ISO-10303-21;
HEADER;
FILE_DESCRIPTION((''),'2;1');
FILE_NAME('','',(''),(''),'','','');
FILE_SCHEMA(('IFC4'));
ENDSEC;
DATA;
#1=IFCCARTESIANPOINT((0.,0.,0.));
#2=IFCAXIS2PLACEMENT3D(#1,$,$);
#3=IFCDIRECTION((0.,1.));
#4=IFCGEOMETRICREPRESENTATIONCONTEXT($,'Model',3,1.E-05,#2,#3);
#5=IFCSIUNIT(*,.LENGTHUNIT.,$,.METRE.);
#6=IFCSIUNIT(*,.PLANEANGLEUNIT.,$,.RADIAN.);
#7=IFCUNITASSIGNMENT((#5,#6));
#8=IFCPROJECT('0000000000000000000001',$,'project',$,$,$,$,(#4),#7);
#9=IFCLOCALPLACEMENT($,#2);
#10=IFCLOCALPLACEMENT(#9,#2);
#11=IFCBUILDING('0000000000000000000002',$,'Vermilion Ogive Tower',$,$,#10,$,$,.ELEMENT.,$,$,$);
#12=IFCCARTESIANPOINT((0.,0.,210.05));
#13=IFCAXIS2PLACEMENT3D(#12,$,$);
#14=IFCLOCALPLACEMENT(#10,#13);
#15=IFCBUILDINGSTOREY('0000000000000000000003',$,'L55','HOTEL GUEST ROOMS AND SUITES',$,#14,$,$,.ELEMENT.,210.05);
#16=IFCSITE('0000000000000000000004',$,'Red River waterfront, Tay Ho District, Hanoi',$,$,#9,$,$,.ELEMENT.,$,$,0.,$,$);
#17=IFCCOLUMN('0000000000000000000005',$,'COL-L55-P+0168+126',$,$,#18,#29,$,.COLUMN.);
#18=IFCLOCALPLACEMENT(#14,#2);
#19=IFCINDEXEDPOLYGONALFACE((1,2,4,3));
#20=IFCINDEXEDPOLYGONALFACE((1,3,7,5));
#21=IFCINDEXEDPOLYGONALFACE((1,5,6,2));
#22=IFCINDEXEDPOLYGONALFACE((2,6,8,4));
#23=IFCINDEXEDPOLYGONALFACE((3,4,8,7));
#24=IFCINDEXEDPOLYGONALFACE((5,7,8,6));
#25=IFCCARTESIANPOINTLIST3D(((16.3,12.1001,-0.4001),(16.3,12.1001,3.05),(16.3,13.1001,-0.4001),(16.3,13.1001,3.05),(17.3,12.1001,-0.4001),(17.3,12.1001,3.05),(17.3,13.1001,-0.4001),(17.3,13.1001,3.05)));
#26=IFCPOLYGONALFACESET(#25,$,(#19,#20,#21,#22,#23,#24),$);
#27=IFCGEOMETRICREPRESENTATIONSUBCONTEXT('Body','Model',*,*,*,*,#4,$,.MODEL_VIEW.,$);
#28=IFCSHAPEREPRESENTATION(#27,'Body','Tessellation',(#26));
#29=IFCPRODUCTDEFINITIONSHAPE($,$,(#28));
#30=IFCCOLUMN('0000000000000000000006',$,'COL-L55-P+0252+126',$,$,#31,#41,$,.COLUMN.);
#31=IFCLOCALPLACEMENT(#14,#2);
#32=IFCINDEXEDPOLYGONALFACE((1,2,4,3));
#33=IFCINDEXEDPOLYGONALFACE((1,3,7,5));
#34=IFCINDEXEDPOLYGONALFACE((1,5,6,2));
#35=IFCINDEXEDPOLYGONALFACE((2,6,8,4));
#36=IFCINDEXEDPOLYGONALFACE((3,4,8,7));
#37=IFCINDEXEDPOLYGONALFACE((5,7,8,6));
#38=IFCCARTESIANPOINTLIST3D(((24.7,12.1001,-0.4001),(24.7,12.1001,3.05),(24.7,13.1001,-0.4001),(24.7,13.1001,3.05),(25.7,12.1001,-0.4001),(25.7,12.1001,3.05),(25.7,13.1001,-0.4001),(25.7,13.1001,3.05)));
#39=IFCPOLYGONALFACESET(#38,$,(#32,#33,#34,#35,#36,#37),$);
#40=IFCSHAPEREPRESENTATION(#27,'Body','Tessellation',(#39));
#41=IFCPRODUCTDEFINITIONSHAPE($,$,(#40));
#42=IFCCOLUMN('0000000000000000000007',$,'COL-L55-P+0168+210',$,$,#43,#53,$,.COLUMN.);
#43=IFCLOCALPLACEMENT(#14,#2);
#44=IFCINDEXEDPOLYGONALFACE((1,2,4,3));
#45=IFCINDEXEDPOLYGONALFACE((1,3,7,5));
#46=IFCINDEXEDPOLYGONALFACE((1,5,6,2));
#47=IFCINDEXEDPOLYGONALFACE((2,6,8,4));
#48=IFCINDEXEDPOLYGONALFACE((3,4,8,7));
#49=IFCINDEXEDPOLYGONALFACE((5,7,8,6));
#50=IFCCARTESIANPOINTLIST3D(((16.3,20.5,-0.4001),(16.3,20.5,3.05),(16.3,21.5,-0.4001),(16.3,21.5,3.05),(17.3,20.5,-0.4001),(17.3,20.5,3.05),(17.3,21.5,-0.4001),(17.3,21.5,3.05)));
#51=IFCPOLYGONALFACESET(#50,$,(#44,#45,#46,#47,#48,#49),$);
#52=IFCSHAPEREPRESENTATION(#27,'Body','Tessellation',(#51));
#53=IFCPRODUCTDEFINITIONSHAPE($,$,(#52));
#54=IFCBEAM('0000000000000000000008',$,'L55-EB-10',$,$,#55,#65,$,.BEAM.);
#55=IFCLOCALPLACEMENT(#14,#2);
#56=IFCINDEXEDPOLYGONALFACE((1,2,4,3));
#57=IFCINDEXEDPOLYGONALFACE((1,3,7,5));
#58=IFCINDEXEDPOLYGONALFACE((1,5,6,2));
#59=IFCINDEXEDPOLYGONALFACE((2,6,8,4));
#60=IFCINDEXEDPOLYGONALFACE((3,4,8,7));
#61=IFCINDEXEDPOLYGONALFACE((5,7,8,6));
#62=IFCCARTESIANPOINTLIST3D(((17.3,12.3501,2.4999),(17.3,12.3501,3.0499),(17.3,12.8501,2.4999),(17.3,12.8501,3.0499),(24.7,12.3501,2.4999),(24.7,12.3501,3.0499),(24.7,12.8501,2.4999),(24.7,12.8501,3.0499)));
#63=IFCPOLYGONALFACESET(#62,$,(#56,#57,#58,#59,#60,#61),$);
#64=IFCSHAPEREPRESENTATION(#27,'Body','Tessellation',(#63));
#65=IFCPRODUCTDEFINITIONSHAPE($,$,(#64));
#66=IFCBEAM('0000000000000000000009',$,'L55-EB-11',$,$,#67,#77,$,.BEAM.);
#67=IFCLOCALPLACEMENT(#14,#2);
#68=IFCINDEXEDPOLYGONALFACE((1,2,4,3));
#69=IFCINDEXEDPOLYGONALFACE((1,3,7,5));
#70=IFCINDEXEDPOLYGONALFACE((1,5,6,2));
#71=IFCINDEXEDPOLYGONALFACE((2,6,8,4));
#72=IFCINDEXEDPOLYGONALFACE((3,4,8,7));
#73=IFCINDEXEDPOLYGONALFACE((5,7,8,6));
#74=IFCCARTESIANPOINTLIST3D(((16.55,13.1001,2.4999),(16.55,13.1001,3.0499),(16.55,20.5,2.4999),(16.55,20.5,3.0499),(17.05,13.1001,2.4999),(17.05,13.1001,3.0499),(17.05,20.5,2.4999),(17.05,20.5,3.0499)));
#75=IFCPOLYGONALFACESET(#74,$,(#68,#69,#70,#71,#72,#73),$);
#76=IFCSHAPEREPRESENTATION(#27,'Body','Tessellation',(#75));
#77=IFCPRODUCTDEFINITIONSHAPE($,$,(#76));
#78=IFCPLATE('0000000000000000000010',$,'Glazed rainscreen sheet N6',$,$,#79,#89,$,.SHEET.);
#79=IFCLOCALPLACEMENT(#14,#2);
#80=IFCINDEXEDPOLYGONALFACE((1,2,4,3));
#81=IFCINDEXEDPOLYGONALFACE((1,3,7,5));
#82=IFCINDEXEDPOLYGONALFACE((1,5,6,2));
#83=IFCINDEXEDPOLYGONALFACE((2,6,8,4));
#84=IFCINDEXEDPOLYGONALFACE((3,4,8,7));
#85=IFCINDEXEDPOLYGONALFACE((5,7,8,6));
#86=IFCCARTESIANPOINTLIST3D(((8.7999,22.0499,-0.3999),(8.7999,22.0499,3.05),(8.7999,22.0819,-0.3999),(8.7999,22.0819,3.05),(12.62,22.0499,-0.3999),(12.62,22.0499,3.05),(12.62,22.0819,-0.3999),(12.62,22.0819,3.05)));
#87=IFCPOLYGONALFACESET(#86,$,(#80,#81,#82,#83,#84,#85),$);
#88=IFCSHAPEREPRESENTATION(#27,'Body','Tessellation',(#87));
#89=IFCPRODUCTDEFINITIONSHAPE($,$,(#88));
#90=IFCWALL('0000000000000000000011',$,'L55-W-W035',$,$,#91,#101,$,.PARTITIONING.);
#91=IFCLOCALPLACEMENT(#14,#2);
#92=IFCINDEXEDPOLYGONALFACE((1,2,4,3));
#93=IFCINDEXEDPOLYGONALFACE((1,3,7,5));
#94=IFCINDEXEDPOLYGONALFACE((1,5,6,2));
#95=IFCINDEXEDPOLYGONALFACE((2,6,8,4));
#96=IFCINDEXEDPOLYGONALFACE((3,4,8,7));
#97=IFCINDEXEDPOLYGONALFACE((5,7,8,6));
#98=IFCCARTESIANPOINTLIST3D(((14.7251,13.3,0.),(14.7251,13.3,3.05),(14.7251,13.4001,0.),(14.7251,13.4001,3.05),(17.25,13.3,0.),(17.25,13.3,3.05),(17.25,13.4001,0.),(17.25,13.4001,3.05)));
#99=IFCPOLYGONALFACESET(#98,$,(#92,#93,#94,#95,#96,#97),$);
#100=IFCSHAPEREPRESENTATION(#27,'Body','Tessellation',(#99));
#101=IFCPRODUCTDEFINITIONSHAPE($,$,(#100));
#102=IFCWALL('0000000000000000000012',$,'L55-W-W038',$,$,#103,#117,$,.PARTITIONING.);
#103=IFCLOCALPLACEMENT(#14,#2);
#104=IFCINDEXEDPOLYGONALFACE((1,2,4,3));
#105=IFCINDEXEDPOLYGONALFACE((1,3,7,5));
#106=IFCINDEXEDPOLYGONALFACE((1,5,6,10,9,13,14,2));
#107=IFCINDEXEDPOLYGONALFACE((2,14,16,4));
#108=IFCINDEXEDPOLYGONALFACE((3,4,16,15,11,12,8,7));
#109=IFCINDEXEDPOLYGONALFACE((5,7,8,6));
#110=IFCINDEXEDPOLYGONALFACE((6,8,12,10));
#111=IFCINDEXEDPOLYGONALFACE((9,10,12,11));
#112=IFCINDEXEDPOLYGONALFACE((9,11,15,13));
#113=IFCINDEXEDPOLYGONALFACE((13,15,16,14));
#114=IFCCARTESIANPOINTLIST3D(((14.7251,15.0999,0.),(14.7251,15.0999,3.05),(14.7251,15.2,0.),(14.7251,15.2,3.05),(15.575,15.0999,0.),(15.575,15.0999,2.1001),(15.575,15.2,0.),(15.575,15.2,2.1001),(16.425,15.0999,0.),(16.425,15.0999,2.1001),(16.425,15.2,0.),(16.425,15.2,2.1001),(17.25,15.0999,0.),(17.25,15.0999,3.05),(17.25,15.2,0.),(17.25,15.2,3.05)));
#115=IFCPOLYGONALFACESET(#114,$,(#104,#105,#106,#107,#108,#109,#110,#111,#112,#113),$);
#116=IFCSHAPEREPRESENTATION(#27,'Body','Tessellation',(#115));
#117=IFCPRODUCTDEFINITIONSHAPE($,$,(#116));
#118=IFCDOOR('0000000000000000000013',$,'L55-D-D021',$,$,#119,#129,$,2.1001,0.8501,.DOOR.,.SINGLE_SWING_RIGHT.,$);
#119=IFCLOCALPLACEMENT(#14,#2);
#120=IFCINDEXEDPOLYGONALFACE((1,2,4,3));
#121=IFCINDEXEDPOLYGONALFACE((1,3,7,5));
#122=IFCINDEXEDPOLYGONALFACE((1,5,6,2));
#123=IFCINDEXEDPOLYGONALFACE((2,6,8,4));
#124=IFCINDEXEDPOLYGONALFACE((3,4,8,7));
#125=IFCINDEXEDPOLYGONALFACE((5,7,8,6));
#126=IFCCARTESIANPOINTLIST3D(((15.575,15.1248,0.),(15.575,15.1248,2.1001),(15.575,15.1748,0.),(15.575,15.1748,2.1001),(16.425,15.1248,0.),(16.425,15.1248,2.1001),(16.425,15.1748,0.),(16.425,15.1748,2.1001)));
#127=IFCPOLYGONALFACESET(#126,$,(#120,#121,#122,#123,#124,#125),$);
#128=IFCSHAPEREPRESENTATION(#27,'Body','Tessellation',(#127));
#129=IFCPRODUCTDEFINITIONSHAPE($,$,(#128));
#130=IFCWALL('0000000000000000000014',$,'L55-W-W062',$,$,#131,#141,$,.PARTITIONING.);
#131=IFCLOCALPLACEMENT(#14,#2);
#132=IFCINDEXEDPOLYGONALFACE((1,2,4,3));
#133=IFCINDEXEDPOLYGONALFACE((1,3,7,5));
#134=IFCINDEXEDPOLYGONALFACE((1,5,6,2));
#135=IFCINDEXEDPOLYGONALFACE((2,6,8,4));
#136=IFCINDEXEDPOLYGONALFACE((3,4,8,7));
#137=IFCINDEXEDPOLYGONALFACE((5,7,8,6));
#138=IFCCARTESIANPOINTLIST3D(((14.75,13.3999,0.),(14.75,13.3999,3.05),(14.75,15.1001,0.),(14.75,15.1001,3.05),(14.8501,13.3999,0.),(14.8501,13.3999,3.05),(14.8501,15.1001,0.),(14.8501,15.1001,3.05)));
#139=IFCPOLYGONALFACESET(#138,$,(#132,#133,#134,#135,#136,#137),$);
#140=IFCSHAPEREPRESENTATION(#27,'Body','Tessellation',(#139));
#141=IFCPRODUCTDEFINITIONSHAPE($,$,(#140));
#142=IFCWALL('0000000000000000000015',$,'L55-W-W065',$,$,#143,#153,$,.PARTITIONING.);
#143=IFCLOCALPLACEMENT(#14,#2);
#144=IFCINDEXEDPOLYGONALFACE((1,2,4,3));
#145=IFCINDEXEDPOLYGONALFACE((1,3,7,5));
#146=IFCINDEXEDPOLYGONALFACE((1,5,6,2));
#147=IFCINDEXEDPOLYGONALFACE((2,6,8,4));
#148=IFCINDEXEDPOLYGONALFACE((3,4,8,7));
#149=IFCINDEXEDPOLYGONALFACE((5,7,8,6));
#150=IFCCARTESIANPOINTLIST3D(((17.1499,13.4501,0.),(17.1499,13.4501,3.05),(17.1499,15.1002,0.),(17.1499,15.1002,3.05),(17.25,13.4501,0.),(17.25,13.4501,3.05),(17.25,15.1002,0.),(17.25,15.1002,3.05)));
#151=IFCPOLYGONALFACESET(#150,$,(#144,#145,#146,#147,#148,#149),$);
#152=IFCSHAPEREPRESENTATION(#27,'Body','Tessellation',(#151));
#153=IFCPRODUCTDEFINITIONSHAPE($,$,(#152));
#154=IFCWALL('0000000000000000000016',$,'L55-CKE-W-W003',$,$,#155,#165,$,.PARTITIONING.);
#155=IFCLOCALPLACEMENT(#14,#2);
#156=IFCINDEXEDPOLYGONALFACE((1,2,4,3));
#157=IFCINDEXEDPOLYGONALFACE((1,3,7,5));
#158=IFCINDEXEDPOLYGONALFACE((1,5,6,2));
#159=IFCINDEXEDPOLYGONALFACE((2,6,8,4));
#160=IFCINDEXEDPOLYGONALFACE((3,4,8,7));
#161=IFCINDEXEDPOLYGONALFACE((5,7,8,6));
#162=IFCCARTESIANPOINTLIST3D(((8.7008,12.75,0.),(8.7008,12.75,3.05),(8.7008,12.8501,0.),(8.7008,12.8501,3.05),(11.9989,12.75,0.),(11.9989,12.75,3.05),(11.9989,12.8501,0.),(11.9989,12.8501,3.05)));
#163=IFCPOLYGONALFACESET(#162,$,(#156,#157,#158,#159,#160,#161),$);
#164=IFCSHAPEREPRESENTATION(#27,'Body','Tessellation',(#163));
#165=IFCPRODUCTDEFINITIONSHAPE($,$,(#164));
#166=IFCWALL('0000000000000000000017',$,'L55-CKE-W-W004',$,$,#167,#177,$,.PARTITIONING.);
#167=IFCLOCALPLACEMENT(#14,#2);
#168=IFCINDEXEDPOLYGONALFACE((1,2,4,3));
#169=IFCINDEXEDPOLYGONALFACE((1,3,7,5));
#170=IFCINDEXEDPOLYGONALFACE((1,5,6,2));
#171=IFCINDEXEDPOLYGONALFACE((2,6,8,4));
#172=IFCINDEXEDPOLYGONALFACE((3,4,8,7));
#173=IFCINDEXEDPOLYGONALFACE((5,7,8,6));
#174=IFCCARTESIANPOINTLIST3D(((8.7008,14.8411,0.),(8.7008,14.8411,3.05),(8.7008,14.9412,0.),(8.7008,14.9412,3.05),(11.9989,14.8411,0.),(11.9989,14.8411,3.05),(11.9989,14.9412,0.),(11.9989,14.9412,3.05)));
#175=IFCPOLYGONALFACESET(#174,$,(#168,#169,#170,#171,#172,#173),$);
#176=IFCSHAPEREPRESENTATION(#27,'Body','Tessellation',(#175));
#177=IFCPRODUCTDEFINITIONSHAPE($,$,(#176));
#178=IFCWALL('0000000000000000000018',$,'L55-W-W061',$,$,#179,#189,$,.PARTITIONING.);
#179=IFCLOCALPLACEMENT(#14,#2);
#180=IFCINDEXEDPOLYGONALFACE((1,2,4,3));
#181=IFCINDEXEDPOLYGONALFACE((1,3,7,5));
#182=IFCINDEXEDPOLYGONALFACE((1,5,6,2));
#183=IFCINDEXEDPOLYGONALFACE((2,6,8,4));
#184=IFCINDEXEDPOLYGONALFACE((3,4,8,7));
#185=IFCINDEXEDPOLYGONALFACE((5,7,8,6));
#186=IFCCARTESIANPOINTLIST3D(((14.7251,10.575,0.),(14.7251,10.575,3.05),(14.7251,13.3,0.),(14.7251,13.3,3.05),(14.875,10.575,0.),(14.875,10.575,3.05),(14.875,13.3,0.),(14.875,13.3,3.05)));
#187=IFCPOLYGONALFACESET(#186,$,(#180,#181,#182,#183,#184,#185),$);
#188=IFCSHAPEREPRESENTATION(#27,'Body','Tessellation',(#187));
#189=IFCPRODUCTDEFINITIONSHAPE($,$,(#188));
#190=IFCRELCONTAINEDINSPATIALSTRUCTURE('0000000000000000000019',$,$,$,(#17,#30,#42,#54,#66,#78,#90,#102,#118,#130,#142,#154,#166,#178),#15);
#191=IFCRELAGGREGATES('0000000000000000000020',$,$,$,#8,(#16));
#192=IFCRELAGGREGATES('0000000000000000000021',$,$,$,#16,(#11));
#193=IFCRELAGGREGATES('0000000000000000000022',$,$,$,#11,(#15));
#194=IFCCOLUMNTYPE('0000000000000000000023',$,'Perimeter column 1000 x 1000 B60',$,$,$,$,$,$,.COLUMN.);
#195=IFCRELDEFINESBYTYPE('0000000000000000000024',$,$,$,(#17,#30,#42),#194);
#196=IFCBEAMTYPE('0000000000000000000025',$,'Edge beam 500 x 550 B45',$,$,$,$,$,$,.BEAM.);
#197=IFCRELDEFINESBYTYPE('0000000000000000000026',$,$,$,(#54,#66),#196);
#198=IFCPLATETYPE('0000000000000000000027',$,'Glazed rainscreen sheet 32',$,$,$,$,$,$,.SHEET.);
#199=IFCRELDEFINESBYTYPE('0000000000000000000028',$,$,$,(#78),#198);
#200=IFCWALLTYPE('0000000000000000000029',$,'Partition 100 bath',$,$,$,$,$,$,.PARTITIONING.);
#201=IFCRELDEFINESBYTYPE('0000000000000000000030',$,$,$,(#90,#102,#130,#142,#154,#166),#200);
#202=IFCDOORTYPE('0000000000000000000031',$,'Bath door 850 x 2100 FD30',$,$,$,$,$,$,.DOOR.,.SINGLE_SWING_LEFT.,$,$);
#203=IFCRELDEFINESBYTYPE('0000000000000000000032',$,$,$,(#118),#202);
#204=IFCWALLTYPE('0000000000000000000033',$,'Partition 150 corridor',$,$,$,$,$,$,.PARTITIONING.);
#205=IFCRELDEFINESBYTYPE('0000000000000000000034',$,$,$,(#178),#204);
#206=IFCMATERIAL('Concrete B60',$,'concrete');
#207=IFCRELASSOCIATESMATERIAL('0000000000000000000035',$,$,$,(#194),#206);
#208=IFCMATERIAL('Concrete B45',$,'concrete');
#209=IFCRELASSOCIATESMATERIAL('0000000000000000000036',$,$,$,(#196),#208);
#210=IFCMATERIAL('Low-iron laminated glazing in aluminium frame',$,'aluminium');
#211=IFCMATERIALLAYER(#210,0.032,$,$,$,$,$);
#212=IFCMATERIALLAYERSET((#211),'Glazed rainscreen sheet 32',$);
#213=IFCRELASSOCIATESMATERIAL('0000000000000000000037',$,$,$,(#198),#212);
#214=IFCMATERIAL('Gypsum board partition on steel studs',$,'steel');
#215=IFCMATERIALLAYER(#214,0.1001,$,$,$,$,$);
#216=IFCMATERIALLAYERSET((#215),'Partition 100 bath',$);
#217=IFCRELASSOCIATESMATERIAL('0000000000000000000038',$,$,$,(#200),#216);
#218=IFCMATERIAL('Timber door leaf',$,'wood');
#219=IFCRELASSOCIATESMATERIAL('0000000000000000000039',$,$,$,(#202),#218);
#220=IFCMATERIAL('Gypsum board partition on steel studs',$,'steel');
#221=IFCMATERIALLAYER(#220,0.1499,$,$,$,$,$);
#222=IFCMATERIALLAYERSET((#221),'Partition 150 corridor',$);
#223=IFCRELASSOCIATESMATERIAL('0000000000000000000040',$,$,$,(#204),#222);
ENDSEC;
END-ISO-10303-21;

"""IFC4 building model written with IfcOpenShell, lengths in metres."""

from ifc_helpers import new_model, si_unit, direction, frame, frame_2d, origin, origin_2d, place, context, subcontext, project, spatial, rectangle, extrude, material, layer, layer_set, material_profile, profile_set, type_object, element, fill, save


model = new_model("IFC4")

# Units and contexts
model_context = context("Model", 3, precision=1e-05, world=origin(), true_north=direction((0.0, 1.0)))
body_context = subcontext(model_context, "Body", "Model", "MODEL_VIEW")
ifc_project = project(units=[si_unit("LENGTHUNIT", "METRE"), si_unit("PLANEANGLEUNIT", "RADIAN")], contexts=[model_context])

# Site, building, storey
site_placement = place(None, origin())
site = spatial("IfcSite", under=ifc_project, at=site_placement, Name="Red River waterfront, Tay Ho District, Hanoi", CompositionType="ELEMENT", RefElevation=0.0)
building_placement = place(site_placement, origin())
building = spatial("IfcBuilding", under=site, at=building_placement, Name="Vermilion Ogive Tower", CompositionType="ELEMENT")
storey_placement = place(building_placement, frame((0.0, 0.0, 210.05)))
storey = spatial("IfcBuildingStorey", under=building, at=storey_placement, Name="L55", Description="HOTEL GUEST ROOMS AND SUITES", CompositionType="ELEMENT", Elevation=210.05)

# Columns
ifc_material_1 = material(Name="Concrete B60", Category="concrete")
ifc_material_profile_1 = material_profile(ifc_material_1, rectangle(XDim=1.0, YDim=1.0, at=origin_2d()), Name="1000 x 1000")
ifc_profile_set_1 = profile_set([ifc_material_profile_1], Name="Concrete B60")
column_type = type_object("IfcColumnType", Name="Perimeter column 1000 x 1000 B60", PredefinedType="COLUMN", material=ifc_profile_set_1)
for number, where, z_axis, x_axis, name in (
    (1, (16.8, 12.6001, -0.4001), (0.0, 0.0, 1.0), (1.0, 0.0, 0.0), "COL-L55-P+0168+126"),
    (2, (25.2, 12.6001, -0.4001), (0.0, 0.0, 1.0), (1.0, 0.0, 0.0), "COL-L55-P+0252+126"),
    (3, (16.8, 21.0, -0.4001), (0.0, 0.0, 1.0), (1.0, 0.0, 0.0), "COL-L55-P+0168+210"),
):
    element("IfcColumn", number, at=place(storey_placement, frame(where, z_axis=z_axis, x_axis=x_axis)), inside=storey, type_object=column_type, Name=name, PredefinedType="COLUMN", context=body_context, shape_type="SweptSolid", body=[
        extrude(rectangle(XDim=1.0, YDim=1.0, at=origin_2d()), origin(), (0.0, 0.0, 1.0), 3.4502),
    ])

# Beams
ifc_material_2 = material(Name="Concrete B45", Category="concrete")
ifc_material_profile_2 = material_profile(ifc_material_2, rectangle(XDim=0.5, YDim=0.55, at=origin_2d()), Name="500 x 550")
ifc_profile_set_2 = profile_set([ifc_material_profile_2], Name="Concrete B45")
beam_type = type_object("IfcBeamType", Name="Edge beam 500 x 550 B45", PredefinedType="BEAM", material=ifc_profile_set_2)
for number, where, z_axis, x_axis, name in (
    (4, (24.7, 12.6001, 2.7749), (-1.0, 0.0, 0.0), (0.0, -1.0, 0.0), "L55-EB-10"),
    (5, (16.8, 13.1001, 2.7749), (0.0, 1.0, 0.0), (-1.0, 0.0, 0.0), "L55-EB-11"),
):
    element("IfcBeam", number, at=place(storey_placement, frame(where, z_axis=z_axis, x_axis=x_axis)), inside=storey, type_object=beam_type, Name=name, PredefinedType="BEAM", context=body_context, shape_type="SweptSolid", body=[
        extrude(rectangle(XDim=0.5, YDim=0.55, at=origin_2d()), origin(), (0.0, 0.0, 1.0), 7.3999),
    ])

# Plate
ifc_material_3 = material(Name="Low-iron laminated glazing in aluminium frame", Category="aluminium")
ifc_layer_1 = layer(ifc_material_3, 0.032)
ifc_layer_set_1 = layer_set([ifc_layer_1], Name="Glazed rainscreen sheet 32")
plate_type = type_object("IfcPlateType", Name="Glazed rainscreen sheet 32", PredefinedType="SHEET", material=ifc_layer_set_1)
plate_placement = place(storey_placement, frame((10.71, 22.0659, -0.3999), z_axis=(0.0, 0.0, 1.0), x_axis=(1.0, 0.0, 0.0)))
element("IfcPlate", 6, at=plate_placement, inside=storey, type_object=plate_type, Name="Glazed rainscreen sheet N6", PredefinedType="SHEET", context=body_context, shape_type="SweptSolid", body=[
    extrude(rectangle(XDim=3.8201, YDim=0.032, at=origin_2d()), origin(), (0.0, 0.0, 1.0), 3.45),
])

# Wall
ifc_material_4 = material(Name="Gypsum board partition on steel studs", Category="steel")
ifc_layer_2 = layer(ifc_material_4, 0.1001)
ifc_layer_set_2 = layer_set([ifc_layer_2], Name="Partition 100 bath")
wall_type_1 = type_object("IfcWallType", Name="Partition 100 bath", PredefinedType="PARTITIONING", material=ifc_layer_set_2)
wall_1_placement = place(storey_placement, frame((14.7251, 13.3501, 0.0), z_axis=(0.0, 0.0, 1.0), x_axis=(1.0, 0.0, 0.0)))
element("IfcWall", 7, at=wall_1_placement, inside=storey, type_object=wall_type_1, Name="L55-W-W035", PredefinedType="PARTITIONING", context=body_context, shape_type="SweptSolid", body=[
    extrude(rectangle(XDim=2.5249, YDim=0.1001, at=frame_2d((1.2625, 0.0))), origin(), (0.0, 0.0, 1.0), 3.05),
])

# Wall, opening, door
wall_2_placement = place(storey_placement, frame((14.7251, 15.1499, 0.0), z_axis=(0.0, 0.0, 1.0), x_axis=(1.0, 0.0, 0.0)))
wall_2 = element("IfcWall", 8, at=wall_2_placement, inside=storey, type_object=wall_type_1, Name="L55-W-W038", PredefinedType="PARTITIONING", context=body_context, shape_type="SweptSolid", body=[
    extrude(rectangle(XDim=2.5249, YDim=0.1001, at=frame_2d((1.2625, 0.0))), origin(), (0.0, 0.0, 1.0), 3.05),
])
opening_1_placement = place(wall_2_placement, frame((0.8499, 0.0, 0.0)))
opening_1 = element("IfcOpeningElement", 9, at=opening_1_placement, cuts=wall_2, PredefinedType="OPENING", context=body_context, shape_type="SweptSolid", body=[
    extrude(rectangle(XDim=0.8501, YDim=2.1001, at=frame_2d((0.425, 1.05))), frame((0.0, 0.0601, 0.0), z_axis=(0.0, -1.0, 0.0), x_axis=(1.0, 0.0, 0.0)), (0.0, 0.0, 1.0), 0.1201),
])
ifc_material_5 = material(Name="Timber door leaf", Category="wood")
door_type_1 = type_object("IfcDoorType", Name="Bath door 850 x 2100 FD30", OperationType="SINGLE_SWING_LEFT", PredefinedType="DOOR", material=ifc_material_5)
door_1_placement = place(opening_1_placement, origin())
door_1 = element("IfcDoor", 10, at=door_1_placement, inside=storey, type_object=door_type_1, Name="L55-D-D021", OperationType="SINGLE_SWING_RIGHT", OverallHeight=2.1001, OverallWidth=0.8501, PredefinedType="DOOR", context=body_context, shape_type="SweptSolid", body=[
    extrude(rectangle(XDim=0.8501, YDim=2.1001, at=frame_2d((0.425, 1.05))), frame((0.0, 0.0249, 0.0), z_axis=(0.0, -1.0, 0.0), x_axis=(1.0, 0.0, 0.0)), (0.0, 0.0, 1.0), 0.05),
])
fill(opening_1, door_1)

# Walls
wall_3_placement = place(storey_placement, frame((14.8, 13.3999, 0.0), z_axis=(0.0, 0.0, 1.0), x_axis=(0.0, 1.0, 0.0)))
element("IfcWall", 11, at=wall_3_placement, inside=storey, type_object=wall_type_1, Name="L55-W-W062", PredefinedType="PARTITIONING", context=body_context, shape_type="SweptSolid", body=[
    extrude(rectangle(XDim=1.7002, YDim=0.1001, at=frame_2d((0.8501, 0.0))), origin(), (0.0, 0.0, 1.0), 3.05),
])
wall_4_placement = place(storey_placement, frame((17.2, 13.45, 0.0), z_axis=(0.0, 0.0, 1.0), x_axis=(0.0, 1.0, 0.0)))
element("IfcWall", 12, at=wall_4_placement, inside=storey, type_object=wall_type_1, Name="L55-W-W065", PredefinedType="PARTITIONING", context=body_context, shape_type="SweptSolid", body=[
    extrude(rectangle(XDim=1.6501, YDim=0.1001, at=frame_2d((0.8252, 0.0))), origin(), (0.0, 0.0, 1.0), 3.05),
])
for number, where, z_axis, x_axis, name in (
    (13, (8.7009, 12.8, 0.0), (0.0, 0.0, 1.0), (1.0, 0.0, 0.0), "L55-CKE-W-W003"),
    (14, (8.7009, 14.8911, 0.0), (0.0, 0.0, 1.0), (1.0, 0.0, 0.0), "L55-CKE-W-W004"),
):
    element("IfcWall", number, at=place(storey_placement, frame(where, z_axis=z_axis, x_axis=x_axis)), inside=storey, type_object=wall_type_1, Name=name, PredefinedType="PARTITIONING", context=body_context, shape_type="SweptSolid", body=[
        extrude(rectangle(XDim=3.2981, YDim=0.1001, at=frame_2d((1.6489, 0.0))), origin(), (0.0, 0.0, 1.0), 3.05),
    ])
ifc_material_6 = material(Name="Gypsum board partition on steel studs", Category="steel")
ifc_layer_3 = layer(ifc_material_6, 0.1499)
ifc_layer_set_3 = layer_set([ifc_layer_3], Name="Partition 150 corridor")
wall_type_2 = type_object("IfcWallType", Name="Partition 150 corridor", PredefinedType="PARTITIONING", material=ifc_layer_set_3)
wall_5_placement = place(storey_placement, frame((14.8, 10.575, 0.0), z_axis=(0.0, 0.0, 1.0), x_axis=(0.0, 1.0, 0.0)))
element("IfcWall", 15, at=wall_5_placement, inside=storey, type_object=wall_type_2, Name="L55-W-W061", PredefinedType="PARTITIONING", context=body_context, shape_type="SweptSolid", body=[
    extrude(rectangle(XDim=2.7251, YDim=0.1499, at=frame_2d((1.3625, 0.0))), origin(), (0.0, 0.0, 1.0), 3.05),
])

save(model, "model.ifc")
